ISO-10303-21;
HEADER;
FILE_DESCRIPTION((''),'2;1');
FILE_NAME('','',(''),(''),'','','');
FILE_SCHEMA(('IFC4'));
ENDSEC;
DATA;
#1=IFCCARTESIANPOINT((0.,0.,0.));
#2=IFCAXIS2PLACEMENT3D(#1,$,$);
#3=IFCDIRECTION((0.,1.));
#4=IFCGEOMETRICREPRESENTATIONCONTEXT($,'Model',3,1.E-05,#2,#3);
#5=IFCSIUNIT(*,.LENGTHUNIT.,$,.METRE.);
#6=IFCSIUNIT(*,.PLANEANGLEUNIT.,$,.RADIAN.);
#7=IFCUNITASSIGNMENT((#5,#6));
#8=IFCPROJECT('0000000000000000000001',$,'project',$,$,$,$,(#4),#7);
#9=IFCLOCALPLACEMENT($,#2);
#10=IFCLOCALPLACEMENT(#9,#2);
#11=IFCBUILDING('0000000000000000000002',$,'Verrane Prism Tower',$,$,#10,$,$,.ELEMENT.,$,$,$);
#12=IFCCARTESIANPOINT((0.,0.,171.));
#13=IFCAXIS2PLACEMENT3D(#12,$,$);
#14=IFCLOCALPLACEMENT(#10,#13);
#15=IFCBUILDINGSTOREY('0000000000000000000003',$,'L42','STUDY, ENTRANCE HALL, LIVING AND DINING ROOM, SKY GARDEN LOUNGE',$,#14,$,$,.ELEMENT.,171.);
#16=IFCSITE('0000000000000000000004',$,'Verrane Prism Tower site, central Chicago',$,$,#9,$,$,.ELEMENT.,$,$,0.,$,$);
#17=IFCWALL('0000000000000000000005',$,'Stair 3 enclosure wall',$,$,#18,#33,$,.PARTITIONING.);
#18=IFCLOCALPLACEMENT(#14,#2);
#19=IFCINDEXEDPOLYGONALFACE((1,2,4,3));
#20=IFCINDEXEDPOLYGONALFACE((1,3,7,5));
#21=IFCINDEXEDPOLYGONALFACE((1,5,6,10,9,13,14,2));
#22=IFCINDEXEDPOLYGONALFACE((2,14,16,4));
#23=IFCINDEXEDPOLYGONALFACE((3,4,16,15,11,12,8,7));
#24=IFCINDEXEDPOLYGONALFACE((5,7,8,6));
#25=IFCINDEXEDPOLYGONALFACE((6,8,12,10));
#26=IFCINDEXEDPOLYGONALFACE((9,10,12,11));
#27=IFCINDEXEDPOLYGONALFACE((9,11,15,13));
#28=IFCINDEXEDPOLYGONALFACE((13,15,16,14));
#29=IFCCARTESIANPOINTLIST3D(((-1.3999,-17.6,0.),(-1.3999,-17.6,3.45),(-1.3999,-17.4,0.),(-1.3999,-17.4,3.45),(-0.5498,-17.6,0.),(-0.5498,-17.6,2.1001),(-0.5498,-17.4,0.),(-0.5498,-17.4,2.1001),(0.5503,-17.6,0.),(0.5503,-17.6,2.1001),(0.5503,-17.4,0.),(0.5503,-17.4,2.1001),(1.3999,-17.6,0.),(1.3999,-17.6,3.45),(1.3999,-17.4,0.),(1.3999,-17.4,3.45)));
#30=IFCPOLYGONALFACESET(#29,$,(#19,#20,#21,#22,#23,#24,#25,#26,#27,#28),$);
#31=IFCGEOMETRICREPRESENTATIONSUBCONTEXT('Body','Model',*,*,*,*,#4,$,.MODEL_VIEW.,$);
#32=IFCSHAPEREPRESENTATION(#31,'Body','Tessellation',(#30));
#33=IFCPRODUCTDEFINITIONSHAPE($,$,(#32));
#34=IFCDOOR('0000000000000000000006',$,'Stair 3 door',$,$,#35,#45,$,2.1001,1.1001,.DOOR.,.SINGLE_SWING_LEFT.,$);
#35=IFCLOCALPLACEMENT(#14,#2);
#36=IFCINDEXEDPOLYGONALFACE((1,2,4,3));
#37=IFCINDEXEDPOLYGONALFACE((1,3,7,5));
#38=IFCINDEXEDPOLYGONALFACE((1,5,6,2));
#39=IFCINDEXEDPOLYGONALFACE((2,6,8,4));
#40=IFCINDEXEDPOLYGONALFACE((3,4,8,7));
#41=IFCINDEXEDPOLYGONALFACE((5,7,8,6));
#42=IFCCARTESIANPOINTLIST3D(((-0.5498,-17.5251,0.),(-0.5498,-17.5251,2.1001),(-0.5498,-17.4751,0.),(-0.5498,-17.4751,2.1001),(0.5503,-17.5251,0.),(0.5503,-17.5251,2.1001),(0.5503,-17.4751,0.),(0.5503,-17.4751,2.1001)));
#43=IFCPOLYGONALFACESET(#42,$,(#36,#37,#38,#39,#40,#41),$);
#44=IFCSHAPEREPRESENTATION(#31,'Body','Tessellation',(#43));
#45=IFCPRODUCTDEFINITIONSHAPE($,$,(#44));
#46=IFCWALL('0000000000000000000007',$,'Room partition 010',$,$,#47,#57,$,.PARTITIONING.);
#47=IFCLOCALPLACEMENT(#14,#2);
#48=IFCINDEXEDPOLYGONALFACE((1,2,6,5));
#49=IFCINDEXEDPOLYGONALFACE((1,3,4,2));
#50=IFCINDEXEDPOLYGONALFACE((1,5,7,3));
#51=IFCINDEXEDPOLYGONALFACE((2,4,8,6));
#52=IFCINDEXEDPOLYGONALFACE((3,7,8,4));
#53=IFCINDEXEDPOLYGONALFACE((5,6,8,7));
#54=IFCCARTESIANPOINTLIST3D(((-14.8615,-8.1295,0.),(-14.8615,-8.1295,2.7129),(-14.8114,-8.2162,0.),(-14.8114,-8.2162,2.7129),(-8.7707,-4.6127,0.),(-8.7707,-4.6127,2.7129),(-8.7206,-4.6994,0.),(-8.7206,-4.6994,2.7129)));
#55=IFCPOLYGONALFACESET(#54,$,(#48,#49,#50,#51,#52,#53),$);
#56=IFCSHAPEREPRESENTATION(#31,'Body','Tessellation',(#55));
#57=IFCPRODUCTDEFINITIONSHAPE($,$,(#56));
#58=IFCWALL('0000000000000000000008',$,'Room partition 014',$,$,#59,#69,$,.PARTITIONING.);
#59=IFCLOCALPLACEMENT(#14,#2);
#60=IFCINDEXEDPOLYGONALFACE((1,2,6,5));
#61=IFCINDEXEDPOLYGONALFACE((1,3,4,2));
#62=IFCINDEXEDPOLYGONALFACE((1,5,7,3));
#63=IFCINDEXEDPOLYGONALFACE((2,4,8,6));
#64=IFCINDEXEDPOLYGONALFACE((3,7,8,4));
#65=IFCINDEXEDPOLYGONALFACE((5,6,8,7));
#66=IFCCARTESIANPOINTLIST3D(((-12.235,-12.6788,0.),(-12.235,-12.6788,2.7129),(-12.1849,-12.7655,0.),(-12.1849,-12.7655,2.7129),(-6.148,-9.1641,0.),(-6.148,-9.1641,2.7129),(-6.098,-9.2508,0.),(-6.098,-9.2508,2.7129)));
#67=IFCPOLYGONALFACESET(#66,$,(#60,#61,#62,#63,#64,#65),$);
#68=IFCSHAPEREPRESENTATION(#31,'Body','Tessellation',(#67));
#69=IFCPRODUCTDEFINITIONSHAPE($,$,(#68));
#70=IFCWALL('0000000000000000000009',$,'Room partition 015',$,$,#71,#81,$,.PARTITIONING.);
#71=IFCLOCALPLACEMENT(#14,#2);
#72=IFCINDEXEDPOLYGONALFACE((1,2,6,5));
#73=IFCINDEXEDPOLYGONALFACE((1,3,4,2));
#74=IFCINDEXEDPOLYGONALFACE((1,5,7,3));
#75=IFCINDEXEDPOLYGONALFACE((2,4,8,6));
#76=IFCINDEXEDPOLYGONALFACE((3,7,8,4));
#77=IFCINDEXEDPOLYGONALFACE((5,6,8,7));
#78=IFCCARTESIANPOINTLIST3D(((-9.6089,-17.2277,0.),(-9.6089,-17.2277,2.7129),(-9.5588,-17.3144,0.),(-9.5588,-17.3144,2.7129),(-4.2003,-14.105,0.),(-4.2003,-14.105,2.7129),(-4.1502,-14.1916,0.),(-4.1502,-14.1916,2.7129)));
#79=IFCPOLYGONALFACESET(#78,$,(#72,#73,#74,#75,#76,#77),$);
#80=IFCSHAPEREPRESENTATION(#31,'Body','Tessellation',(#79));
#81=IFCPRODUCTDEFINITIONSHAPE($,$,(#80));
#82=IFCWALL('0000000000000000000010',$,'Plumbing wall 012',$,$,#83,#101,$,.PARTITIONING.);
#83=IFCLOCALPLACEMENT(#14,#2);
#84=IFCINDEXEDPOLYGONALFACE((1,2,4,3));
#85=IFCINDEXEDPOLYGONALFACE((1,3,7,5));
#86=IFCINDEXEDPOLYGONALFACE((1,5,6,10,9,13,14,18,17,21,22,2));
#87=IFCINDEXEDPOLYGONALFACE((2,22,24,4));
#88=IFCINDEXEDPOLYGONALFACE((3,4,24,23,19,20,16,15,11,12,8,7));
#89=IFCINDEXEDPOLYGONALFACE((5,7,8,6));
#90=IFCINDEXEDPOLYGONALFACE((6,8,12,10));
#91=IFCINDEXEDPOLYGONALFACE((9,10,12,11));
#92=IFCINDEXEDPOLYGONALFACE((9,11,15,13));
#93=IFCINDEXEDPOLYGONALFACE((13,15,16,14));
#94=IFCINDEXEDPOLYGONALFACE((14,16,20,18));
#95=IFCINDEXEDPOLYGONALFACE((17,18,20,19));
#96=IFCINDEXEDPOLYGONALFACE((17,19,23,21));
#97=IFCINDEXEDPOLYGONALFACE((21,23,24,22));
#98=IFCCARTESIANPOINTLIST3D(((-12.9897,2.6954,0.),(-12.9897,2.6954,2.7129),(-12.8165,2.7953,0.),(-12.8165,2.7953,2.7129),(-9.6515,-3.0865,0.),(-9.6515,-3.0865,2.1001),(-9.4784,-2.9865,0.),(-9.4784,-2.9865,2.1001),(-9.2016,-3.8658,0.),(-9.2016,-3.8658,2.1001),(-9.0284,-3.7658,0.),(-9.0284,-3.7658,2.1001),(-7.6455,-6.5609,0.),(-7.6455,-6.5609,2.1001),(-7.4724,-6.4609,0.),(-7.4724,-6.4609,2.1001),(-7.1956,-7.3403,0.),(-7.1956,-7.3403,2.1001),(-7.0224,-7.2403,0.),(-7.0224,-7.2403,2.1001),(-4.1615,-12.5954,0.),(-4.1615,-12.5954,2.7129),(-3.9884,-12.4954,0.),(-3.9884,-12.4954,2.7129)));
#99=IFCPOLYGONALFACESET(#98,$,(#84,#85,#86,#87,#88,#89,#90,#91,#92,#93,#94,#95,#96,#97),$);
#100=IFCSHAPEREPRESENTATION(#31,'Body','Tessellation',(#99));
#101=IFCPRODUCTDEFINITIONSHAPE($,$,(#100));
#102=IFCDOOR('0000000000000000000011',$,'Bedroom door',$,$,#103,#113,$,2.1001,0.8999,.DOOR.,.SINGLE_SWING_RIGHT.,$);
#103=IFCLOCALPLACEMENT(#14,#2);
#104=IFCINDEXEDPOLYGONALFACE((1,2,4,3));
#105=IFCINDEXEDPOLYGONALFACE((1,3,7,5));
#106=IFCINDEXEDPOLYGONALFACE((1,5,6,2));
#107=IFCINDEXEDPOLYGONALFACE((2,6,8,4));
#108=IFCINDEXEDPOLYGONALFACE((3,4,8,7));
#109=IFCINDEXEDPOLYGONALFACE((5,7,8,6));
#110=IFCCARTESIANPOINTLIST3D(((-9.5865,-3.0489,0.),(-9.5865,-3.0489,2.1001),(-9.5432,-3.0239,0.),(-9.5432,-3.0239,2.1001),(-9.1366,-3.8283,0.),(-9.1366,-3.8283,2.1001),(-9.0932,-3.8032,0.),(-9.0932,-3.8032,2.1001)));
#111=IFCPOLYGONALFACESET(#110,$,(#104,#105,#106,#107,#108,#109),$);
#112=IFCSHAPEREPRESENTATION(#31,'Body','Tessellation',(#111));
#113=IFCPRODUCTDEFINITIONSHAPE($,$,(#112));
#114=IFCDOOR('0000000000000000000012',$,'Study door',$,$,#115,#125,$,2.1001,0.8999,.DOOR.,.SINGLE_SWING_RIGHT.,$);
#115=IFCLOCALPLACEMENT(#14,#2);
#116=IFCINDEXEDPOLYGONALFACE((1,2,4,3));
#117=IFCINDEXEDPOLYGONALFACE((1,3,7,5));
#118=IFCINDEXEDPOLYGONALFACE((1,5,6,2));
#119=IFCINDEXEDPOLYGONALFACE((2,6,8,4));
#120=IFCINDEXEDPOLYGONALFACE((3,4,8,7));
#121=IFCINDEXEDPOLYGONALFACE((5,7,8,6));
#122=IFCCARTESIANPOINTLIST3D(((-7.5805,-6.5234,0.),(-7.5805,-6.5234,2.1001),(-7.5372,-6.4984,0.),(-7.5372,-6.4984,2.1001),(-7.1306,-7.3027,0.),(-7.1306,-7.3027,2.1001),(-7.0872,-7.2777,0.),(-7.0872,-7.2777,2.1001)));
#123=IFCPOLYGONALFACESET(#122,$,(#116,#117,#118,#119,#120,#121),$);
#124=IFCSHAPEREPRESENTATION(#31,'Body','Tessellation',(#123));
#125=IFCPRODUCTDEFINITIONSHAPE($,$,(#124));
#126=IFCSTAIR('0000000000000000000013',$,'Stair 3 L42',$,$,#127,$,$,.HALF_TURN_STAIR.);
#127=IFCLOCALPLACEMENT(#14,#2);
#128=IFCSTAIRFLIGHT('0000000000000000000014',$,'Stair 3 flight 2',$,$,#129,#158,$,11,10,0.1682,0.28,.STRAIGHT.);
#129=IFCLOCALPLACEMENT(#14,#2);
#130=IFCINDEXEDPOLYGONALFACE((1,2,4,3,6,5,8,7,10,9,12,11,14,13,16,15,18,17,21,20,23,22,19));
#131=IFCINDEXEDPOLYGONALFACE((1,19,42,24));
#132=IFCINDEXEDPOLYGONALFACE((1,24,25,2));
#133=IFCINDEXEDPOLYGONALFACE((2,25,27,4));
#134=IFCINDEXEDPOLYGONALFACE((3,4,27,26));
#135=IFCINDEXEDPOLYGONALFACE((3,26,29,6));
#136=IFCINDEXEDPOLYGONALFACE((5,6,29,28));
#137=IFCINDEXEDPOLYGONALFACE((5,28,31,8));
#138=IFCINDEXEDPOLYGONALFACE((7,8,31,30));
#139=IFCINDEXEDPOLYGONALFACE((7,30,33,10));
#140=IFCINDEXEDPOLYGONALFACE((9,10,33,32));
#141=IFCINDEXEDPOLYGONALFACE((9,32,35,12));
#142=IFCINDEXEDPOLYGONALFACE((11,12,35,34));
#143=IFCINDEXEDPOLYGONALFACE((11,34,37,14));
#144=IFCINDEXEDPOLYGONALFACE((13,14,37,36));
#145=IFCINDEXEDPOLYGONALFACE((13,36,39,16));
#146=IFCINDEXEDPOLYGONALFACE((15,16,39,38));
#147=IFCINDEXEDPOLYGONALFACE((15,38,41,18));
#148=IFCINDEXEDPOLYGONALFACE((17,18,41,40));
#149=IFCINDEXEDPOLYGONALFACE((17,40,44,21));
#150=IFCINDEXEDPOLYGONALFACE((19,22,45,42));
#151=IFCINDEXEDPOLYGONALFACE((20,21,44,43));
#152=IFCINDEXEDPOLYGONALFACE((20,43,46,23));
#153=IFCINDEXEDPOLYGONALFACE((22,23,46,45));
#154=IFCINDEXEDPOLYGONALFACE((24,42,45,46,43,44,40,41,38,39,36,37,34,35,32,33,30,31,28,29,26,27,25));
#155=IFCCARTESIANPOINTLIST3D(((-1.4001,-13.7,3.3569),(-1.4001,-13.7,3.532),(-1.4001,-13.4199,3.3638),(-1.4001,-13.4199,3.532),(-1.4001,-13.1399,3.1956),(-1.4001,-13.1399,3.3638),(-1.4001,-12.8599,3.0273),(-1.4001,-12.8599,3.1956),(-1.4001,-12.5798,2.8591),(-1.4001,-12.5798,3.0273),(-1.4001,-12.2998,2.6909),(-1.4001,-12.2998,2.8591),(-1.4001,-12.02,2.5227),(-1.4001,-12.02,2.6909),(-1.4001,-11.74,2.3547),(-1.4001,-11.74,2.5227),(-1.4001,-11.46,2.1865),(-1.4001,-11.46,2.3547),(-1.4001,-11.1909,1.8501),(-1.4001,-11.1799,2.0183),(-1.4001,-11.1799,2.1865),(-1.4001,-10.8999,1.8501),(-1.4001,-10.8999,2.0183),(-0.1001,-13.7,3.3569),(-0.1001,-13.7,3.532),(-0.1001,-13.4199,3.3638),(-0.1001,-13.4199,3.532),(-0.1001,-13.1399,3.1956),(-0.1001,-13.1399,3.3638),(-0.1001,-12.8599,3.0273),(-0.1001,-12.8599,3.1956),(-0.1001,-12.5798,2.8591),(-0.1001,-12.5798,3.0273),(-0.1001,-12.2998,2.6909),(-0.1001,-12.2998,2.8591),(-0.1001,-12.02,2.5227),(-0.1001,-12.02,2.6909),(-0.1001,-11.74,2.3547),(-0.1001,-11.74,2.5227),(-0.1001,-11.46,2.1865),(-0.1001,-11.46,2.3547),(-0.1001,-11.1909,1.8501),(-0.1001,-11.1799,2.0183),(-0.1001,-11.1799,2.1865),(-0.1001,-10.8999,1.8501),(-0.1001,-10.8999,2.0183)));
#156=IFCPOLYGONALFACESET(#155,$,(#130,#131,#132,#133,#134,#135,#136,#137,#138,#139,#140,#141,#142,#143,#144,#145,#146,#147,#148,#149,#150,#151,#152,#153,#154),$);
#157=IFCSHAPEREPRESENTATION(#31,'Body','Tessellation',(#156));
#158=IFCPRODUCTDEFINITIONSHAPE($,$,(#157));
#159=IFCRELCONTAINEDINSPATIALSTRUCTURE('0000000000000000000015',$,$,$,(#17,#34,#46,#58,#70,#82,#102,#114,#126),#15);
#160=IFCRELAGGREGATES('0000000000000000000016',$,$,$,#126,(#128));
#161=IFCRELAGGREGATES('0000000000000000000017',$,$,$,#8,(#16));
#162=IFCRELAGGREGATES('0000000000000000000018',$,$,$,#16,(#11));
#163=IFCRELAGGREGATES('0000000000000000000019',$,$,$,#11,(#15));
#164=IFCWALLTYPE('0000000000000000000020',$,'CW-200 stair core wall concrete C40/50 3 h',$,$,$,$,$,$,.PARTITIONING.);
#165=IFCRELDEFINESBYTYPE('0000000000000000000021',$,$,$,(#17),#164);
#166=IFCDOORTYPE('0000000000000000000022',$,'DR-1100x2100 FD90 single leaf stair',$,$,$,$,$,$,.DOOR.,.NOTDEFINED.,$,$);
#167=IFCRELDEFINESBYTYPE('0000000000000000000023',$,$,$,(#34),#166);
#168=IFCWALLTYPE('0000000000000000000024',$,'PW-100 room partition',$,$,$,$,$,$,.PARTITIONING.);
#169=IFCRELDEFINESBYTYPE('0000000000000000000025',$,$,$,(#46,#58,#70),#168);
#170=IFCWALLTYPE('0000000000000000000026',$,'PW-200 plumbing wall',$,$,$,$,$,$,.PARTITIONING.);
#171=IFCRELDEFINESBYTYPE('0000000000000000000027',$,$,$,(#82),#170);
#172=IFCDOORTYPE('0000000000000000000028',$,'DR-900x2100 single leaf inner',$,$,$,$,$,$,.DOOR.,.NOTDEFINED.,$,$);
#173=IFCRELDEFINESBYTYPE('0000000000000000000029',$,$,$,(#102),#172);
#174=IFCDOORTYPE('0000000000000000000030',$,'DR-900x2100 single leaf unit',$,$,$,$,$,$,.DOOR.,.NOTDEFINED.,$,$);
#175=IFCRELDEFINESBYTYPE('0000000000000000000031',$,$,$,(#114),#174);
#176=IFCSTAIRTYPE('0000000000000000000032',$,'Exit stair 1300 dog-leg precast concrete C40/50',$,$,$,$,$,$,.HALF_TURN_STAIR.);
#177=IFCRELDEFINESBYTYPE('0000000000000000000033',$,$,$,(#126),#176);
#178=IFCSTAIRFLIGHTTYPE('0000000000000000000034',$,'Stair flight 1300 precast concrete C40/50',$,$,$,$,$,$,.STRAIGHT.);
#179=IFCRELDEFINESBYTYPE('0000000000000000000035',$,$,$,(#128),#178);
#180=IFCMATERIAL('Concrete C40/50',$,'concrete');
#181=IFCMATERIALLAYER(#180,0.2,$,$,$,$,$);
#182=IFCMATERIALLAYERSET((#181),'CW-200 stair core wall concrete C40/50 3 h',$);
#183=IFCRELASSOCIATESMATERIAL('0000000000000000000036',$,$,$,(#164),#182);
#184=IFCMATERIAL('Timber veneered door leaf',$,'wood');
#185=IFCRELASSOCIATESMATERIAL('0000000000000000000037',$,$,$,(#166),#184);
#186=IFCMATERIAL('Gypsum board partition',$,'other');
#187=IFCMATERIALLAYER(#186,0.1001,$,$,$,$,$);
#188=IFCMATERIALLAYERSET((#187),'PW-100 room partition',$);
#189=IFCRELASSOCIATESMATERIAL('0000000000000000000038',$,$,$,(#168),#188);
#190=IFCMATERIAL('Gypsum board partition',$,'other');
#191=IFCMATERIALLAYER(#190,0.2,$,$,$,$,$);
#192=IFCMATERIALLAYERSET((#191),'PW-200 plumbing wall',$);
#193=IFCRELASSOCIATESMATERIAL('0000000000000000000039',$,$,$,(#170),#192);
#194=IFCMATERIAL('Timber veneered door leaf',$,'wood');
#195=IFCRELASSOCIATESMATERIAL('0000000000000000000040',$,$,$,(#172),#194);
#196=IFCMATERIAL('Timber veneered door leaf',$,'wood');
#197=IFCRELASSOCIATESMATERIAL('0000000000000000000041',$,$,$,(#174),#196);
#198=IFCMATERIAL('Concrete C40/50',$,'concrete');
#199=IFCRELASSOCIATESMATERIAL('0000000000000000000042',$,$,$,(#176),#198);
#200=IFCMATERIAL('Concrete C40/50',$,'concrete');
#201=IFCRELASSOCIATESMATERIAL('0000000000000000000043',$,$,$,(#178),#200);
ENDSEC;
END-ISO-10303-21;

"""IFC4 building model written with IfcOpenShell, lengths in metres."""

from ifc_helpers import new_model, si_unit, direction, frame, frame_2d, origin, place, context, subcontext, project, spatial, polyline, rectangle, outline, extrude, material, layer, layer_set, type_object, element, fill, aggregate, save


model = new_model("IFC4")

# Units and contexts
model_context = context("Model", 3, precision=1e-05, world=origin(), true_north=direction((0.0, 1.0)))
body_context = subcontext(model_context, "Body", "Model", "MODEL_VIEW")
ifc_project = project(units=[si_unit("LENGTHUNIT", "METRE"), si_unit("PLANEANGLEUNIT", "RADIAN")], contexts=[model_context])

# Site, building, storey
site_placement = place(None, origin())
site = spatial("IfcSite", under=ifc_project, at=site_placement, Name="Verrane Prism Tower site, central Chicago", CompositionType="ELEMENT", RefElevation=0.0)
building_placement = place(site_placement, origin())
building = spatial("IfcBuilding", under=site, at=building_placement, Name="Verrane Prism Tower", CompositionType="ELEMENT")
storey_placement = place(building_placement, frame((0.0, 0.0, 171.0)))
storey = spatial("IfcBuildingStorey", under=building, at=storey_placement, Name="L42", Description="STUDY, ENTRANCE HALL, LIVING AND DINING ROOM, SKY GARDEN LOUNGE", CompositionType="ELEMENT", Elevation=171.0)

# Wall, opening, door
ifc_material_1 = material(Name="Concrete C40/50", Category="concrete")
ifc_layer_1 = layer(ifc_material_1, 0.2)
ifc_layer_set_1 = layer_set([ifc_layer_1], Name="CW-200 stair core wall concrete C40/50 3 h")
wall_type_1 = type_object("IfcWallType", Name="CW-200 stair core wall concrete C40/50 3 h", PredefinedType="PARTITIONING", material=ifc_layer_set_1)
wall_1_placement = place(storey_placement, frame((-1.3999, -17.5, 0.0), z_axis=(0.0, 0.0, 1.0), x_axis=(1.0, 0.0, 0.0)))
wall_1 = element("IfcWall", 1, at=wall_1_placement, inside=storey, type_object=wall_type_1, Name="Stair 3 enclosure wall", PredefinedType="PARTITIONING", context=body_context, shape_type="SweptSolid", body=[
    extrude(rectangle(XDim=2.7998, YDim=0.2, at=frame_2d((1.3999, 0.0))), origin(), (0.0, 0.0, 1.0), 3.45),
])
opening_1_placement = place(wall_1_placement, frame((0.8501, 0.0, 0.0)))
opening_1 = element("IfcOpeningElement", 2, at=opening_1_placement, cuts=wall_1, PredefinedType="OPENING", context=body_context, shape_type="SweptSolid", body=[
    extrude(rectangle(XDim=1.1001, YDim=2.1001, at=frame_2d((0.55, 1.05))), frame((0.0, 0.1099, 0.0), z_axis=(0.0, -1.0, 0.0), x_axis=(1.0, 0.0, 0.0)), (0.0, 0.0, 1.0), 0.22),
])
ifc_material_2 = material(Name="Timber veneered door leaf", Category="wood")
door_type_1 = type_object("IfcDoorType", Name="DR-1100x2100 FD90 single leaf stair", OperationType="NOTDEFINED", PredefinedType="DOOR", material=ifc_material_2)
door_1_placement = place(opening_1_placement, origin())
door_1 = element("IfcDoor", 3, at=door_1_placement, inside=storey, type_object=door_type_1, Name="Stair 3 door", OperationType="SINGLE_SWING_LEFT", OverallHeight=2.1001, OverallWidth=1.1001, PredefinedType="DOOR", context=body_context, shape_type="SweptSolid", body=[
    extrude(rectangle(XDim=1.1001, YDim=2.1001, at=frame_2d((0.55, 1.05))), frame((0.0, 0.0249, 0.0), z_axis=(0.0, -1.0, 0.0), x_axis=(1.0, 0.0, 0.0)), (0.0, 0.0, 1.0), 0.05),
])
fill(opening_1, door_1)

# Walls
ifc_material_3 = material(Name="Gypsum board partition", Category="other")
ifc_layer_2 = layer(ifc_material_3, 0.1001)
ifc_layer_set_2 = layer_set([ifc_layer_2], Name="PW-100 room partition")
wall_type_2 = type_object("IfcWallType", Name="PW-100 room partition", PredefinedType="PARTITIONING", material=ifc_layer_set_2)
wall_2_placement = place(storey_placement, frame((-14.8364, -8.1729, 0.0), z_axis=(0.0, 0.0, 1.0), x_axis=(0.866006, 0.500033, 0.0)))
element("IfcWall", 4, at=wall_2_placement, inside=storey, type_object=wall_type_2, Name="Room partition 010", PredefinedType="PARTITIONING", context=body_context, shape_type="SweptSolid", body=[
    extrude(rectangle(XDim=7.0332, YDim=0.1001, at=frame_2d((3.5166, 0.0))), origin(), (0.0, 0.0, 1.0), 2.7129),
])
wall_3_placement = place(storey_placement, frame((-12.21, -12.7222, 0.0), z_axis=(0.0, 0.0, 1.0), x_axis=(0.866003, 0.500039, 0.0)))
element("IfcWall", 5, at=wall_3_placement, inside=storey, type_object=wall_type_2, Name="Room partition 014", PredefinedType="PARTITIONING", context=body_context, shape_type="SweptSolid", body=[
    extrude(rectangle(XDim=7.0288, YDim=0.1001, at=frame_2d((3.5144, 0.0))), origin(), (0.0, 0.0, 1.0), 2.7129),
])
wall_4_placement = place(storey_placement, frame((-9.5837, -17.271, 0.0), z_axis=(0.0, 0.0, 1.0), x_axis=(0.866019, 0.500011, 0.0)))
element("IfcWall", 6, at=wall_4_placement, inside=storey, type_object=wall_type_2, Name="Room partition 015", PredefinedType="PARTITIONING", context=body_context, shape_type="SweptSolid", body=[
    extrude(rectangle(XDim=6.2454, YDim=0.1001, at=frame_2d((3.1226, 0.0))), origin(), (0.0, 0.0, 1.0), 2.7129),
])

# Wall, openings, doors
ifc_material_4 = material(Name="Gypsum board partition", Category="other")
ifc_layer_3 = layer(ifc_material_4, 0.2)
ifc_layer_set_3 = layer_set([ifc_layer_3], Name="PW-200 plumbing wall")
wall_type_3 = type_object("IfcWallType", Name="PW-200 plumbing wall", PredefinedType="PARTITIONING", material=ifc_layer_set_3)
wall_5_placement = place(storey_placement, frame((-4.075, -12.5454, 0.0), z_axis=(0.0, 0.0, 1.0), x_axis=(-0.5, 0.866026, 0.0)))
wall_5 = element("IfcWall", 7, at=wall_5_placement, inside=storey, type_object=wall_type_3, Name="Plumbing wall 012", PredefinedType="PARTITIONING", context=body_context, shape_type="SweptSolid", body=[
    extrude(rectangle(XDim=17.6562, YDim=0.2, at=frame_2d((8.8281, 0.0))), origin(), (0.0, 0.0, 1.0), 2.7129),
])
opening_2_placement = place(wall_5_placement, frame((10.0801, 0.0, 0.0)))
opening_2 = element("IfcOpeningElement", 8, at=opening_2_placement, cuts=wall_5, PredefinedType="OPENING", context=body_context, shape_type="SweptSolid", body=[
    extrude(rectangle(XDim=0.8999, YDim=2.1001, at=frame_2d((0.45, 1.05))), frame((0.0, 0.1099, 0.0), z_axis=(0.0, -1.0, 0.0), x_axis=(1.0, 0.0, 0.0)), (0.0, 0.0, 1.0), 0.22),
])
opening_3_placement = place(wall_5_placement, frame((6.0681, 0.0, 0.0)))
opening_3 = element("IfcOpeningElement", 9, at=opening_3_placement, cuts=wall_5, PredefinedType="OPENING", context=body_context, shape_type="SweptSolid", body=[
    extrude(rectangle(XDim=0.8999, YDim=2.1001, at=frame_2d((0.45, 1.05))), frame((0.0, 0.1099, 0.0), z_axis=(0.0, -1.0, 0.0), x_axis=(1.0, 0.0, 0.0)), (0.0, 0.0, 1.0), 0.22),
])
ifc_material_5 = material(Name="Timber veneered door leaf", Category="wood")
door_type_2 = type_object("IfcDoorType", Name="DR-900x2100 single leaf inner", OperationType="NOTDEFINED", PredefinedType="DOOR", material=ifc_material_5)
door_2_placement = place(opening_2_placement, origin())
door_2 = element("IfcDoor", 10, at=door_2_placement, inside=storey, type_object=door_type_2, Name="Bedroom door", OperationType="SINGLE_SWING_RIGHT", OverallHeight=2.1001, OverallWidth=0.8999, PredefinedType="DOOR", context=body_context, shape_type="SweptSolid", body=[
    extrude(rectangle(XDim=0.8999, YDim=2.1001, at=frame_2d((0.45, 1.05))), frame((0.0, 0.0249, 0.0), z_axis=(0.0, -1.0, 0.0), x_axis=(1.0, 0.0, 0.0)), (0.0, 0.0, 1.0), 0.05),
])
fill(opening_2, door_2)
ifc_material_6 = material(Name="Timber veneered door leaf", Category="wood")
door_type_3 = type_object("IfcDoorType", Name="DR-900x2100 single leaf unit", OperationType="NOTDEFINED", PredefinedType="DOOR", material=ifc_material_6)
door_3_placement = place(opening_3_placement, origin())
door_3 = element("IfcDoor", 11, at=door_3_placement, inside=storey, type_object=door_type_3, Name="Study door", OperationType="SINGLE_SWING_RIGHT", OverallHeight=2.1001, OverallWidth=0.8999, PredefinedType="DOOR", context=body_context, shape_type="SweptSolid", body=[
    extrude(rectangle(XDim=0.8999, YDim=2.1001, at=frame_2d((0.45, 1.05))), frame((0.0, 0.0249, 0.0), z_axis=(0.0, -1.0, 0.0), x_axis=(1.0, 0.0, 0.0)), (0.0, 0.0, 1.0), 0.05),
])
fill(opening_3, door_3)

# Stair, stair flight
ifc_material_7 = material(Name="Concrete C40/50", Category="concrete")
stair_type = type_object("IfcStairType", Name="Exit stair 1300 dog-leg precast concrete C40/50", PredefinedType="HALF_TURN_STAIR", material=ifc_material_7)
stair_placement = place(storey_placement, origin())
stair = element("IfcStair", 12, at=stair_placement, inside=storey, type_object=stair_type, Name="Stair 3 L42", PredefinedType="HALF_TURN_STAIR")
ifc_material_8 = material(Name="Concrete C40/50", Category="concrete")
stair_flight_type = type_object("IfcStairFlightType", Name="Stair flight 1300 precast concrete C40/50", PredefinedType="STRAIGHT", material=ifc_material_8)
stair_flight_placement = place(storey_placement, frame((-0.75, -10.8999, 1.8501), z_axis=(0.0, 0.0, 1.0), x_axis=(0.0, -1.0, 0.0)))
stair_flight = element("IfcStairFlight", 13, at=stair_flight_placement, type_object=stair_flight_type, Name="Stair 3 flight 2", NumberOfRisers=11, NumberOfTreads=10, PredefinedType="STRAIGHT", RiserHeight=0.1682, TreadLength=0.28, context=body_context, shape_type="SweptSolid", body=[
    extrude(outline(polyline([(0.0, 0.0), (0.0, 0.1682), (0.28, 0.1682), (0.28, 0.3364), (0.5601, 0.3364), (0.5601, 0.5046), (0.8401, 0.5046), (0.8401, 0.6726), (1.1201, 0.6726), (1.1201, 0.8408), (1.3999, 0.8408), (1.3999, 1.009), (1.6799, 1.009), (1.6799, 1.1772), (1.96, 1.1772), (1.96, 1.3455), (2.24, 1.3455), (2.24, 1.5137), (2.52, 1.5137), (2.52, 1.6819), (2.8, 1.6819), (2.8, 1.8501), (2.8, 1.5068), (0.291, 0.0), (0.0, 0.0)])), frame((0.0, 0.6499, 0.0), z_axis=(0.0, -1.0, 0.0), x_axis=(1.0, 0.0, 0.0)), (0.0, 0.0, 1.0), 1.3),
])
aggregate(stair, [stair_flight])

save(model, "model.ifc")
